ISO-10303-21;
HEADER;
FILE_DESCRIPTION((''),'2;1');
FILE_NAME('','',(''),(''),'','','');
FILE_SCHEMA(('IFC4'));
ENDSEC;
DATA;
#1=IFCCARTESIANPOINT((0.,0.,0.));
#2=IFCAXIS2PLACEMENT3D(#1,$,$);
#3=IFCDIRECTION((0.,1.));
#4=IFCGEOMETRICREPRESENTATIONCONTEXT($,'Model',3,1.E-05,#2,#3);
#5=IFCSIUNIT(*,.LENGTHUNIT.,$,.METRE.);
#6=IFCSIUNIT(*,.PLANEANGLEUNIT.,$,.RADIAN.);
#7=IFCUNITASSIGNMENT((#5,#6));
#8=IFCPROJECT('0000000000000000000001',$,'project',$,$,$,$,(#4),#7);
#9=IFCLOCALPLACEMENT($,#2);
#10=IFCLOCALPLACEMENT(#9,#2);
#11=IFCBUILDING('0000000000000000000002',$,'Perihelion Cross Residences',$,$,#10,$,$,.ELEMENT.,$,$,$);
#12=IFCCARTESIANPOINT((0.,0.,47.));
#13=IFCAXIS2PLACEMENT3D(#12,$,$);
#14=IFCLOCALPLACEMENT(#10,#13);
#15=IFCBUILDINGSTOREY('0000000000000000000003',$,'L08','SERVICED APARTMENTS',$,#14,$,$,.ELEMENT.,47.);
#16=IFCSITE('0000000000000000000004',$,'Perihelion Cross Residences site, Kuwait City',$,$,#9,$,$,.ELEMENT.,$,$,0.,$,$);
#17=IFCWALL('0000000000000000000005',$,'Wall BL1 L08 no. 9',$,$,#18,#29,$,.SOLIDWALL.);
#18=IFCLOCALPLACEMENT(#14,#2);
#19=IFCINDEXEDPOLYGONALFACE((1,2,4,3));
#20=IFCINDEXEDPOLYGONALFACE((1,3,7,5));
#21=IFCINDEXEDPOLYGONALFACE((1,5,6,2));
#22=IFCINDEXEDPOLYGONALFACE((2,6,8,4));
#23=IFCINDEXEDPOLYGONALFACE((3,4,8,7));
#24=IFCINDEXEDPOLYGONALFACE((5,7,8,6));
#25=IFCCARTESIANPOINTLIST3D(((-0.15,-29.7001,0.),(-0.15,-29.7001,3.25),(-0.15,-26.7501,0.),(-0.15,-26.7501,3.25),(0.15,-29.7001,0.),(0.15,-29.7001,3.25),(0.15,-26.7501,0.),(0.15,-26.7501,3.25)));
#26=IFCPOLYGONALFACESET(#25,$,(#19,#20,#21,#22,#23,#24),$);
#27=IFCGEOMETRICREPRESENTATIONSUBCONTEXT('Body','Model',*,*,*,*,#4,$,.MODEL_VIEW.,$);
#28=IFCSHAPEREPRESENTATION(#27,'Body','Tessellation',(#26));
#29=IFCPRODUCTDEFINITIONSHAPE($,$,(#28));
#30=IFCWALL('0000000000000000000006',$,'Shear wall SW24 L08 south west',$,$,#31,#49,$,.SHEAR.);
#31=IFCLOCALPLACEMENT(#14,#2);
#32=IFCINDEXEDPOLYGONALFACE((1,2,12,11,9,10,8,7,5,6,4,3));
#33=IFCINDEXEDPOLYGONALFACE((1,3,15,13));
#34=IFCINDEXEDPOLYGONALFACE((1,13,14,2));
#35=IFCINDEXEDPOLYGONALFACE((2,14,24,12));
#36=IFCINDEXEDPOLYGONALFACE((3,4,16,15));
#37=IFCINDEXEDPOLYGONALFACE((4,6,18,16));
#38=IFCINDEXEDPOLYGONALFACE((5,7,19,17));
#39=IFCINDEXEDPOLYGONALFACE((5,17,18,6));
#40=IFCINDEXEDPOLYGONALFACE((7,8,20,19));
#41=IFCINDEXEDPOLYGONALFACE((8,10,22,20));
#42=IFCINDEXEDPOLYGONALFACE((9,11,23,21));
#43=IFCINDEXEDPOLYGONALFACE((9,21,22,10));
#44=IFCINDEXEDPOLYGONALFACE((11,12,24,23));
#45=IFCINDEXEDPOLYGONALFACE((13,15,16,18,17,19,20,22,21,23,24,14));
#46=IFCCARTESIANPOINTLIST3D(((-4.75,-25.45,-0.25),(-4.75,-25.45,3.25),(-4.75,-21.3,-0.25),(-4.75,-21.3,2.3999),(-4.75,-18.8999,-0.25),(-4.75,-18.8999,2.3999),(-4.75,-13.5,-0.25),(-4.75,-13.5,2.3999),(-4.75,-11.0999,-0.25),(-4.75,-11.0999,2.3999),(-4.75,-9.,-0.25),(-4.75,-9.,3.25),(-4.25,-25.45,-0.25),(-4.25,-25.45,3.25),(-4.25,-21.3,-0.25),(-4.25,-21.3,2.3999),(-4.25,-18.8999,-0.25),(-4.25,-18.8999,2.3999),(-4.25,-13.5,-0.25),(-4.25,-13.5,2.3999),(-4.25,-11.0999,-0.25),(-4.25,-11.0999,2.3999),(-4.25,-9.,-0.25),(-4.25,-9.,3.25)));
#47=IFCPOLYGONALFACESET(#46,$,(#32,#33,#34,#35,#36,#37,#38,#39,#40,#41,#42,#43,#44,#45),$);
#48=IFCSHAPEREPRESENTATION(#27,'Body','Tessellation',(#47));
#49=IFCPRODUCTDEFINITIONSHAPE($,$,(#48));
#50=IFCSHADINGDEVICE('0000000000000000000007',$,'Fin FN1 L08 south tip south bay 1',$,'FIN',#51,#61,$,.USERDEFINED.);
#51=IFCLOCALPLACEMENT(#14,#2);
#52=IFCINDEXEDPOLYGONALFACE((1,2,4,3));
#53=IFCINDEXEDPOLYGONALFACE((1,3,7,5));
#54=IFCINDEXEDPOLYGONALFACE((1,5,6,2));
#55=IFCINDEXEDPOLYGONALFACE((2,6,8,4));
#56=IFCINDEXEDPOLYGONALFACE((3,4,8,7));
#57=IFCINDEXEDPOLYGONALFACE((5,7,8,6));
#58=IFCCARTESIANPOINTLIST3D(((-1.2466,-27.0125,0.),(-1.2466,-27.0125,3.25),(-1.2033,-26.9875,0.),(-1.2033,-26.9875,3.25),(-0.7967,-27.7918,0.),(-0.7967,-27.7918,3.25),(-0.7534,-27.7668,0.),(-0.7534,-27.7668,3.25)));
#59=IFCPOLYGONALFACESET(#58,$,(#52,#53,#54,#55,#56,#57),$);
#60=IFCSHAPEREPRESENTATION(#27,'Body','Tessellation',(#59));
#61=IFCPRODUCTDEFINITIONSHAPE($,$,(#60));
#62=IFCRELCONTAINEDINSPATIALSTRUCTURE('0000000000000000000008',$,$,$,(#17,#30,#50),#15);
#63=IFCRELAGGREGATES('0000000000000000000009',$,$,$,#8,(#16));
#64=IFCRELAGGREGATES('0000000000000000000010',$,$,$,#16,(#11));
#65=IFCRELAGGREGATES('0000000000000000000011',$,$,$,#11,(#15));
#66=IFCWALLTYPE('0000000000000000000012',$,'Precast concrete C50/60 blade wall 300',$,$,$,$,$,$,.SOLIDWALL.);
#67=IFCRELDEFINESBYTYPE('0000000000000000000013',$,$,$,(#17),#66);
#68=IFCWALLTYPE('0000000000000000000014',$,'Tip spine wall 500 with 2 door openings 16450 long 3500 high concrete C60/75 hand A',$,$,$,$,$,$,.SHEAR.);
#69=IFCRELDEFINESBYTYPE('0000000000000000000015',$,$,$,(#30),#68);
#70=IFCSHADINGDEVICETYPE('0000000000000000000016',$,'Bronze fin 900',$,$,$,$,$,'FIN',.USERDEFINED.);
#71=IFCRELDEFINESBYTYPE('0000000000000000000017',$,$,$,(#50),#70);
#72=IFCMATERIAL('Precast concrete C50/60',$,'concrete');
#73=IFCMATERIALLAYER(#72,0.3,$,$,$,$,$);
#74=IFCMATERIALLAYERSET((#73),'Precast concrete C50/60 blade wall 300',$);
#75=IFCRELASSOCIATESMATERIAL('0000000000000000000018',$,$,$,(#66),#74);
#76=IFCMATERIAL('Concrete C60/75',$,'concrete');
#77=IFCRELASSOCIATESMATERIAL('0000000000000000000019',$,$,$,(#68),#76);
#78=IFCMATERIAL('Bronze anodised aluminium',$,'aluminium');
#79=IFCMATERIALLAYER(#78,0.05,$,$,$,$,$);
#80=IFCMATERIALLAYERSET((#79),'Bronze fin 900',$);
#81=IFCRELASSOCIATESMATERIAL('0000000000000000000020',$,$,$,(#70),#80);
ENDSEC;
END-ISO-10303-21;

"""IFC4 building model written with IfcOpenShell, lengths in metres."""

from ifc_helpers import new_model, si_unit, direction, frame, frame_2d, origin, origin_2d, place, context, subcontext, project, spatial, polyline, rectangle, outline, extrude, material, layer, layer_set, material_profile, profile_set, type_object, element, save


model = new_model("IFC4")

# Units and contexts
model_context = context("Model", 3, precision=1e-05, world=origin(), true_north=direction((0.0, 1.0)))
body_context = subcontext(model_context, "Body", "Model", "MODEL_VIEW")
ifc_project = project(units=[si_unit("LENGTHUNIT", "METRE"), si_unit("PLANEANGLEUNIT", "RADIAN")], contexts=[model_context])

# Site, building, storey
site_placement = place(None, origin())
site = spatial("IfcSite", under=ifc_project, at=site_placement, Name="Perihelion Cross Residences site, Kuwait City", CompositionType="ELEMENT", RefElevation=0.0)
building_placement = place(site_placement, origin())
building = spatial("IfcBuilding", under=site, at=building_placement, Name="Perihelion Cross Residences", CompositionType="ELEMENT")
storey_placement = place(building_placement, frame((0.0, 0.0, 47.0)))
storey = spatial("IfcBuildingStorey", under=building, at=storey_placement, Name="L08", Description="SERVICED APARTMENTS", CompositionType="ELEMENT", Elevation=47.0)

# Walls
ifc_material_1 = material(Name="Precast concrete C50/60", Category="concrete")
ifc_layer_1 = layer(ifc_material_1, 0.3)
ifc_layer_set_1 = layer_set([ifc_layer_1], Name="Precast concrete C50/60 blade wall 300")
wall_type_1 = type_object("IfcWallType", Name="Precast concrete C50/60 blade wall 300", PredefinedType="SOLIDWALL", material=ifc_layer_set_1)
wall_1_placement = place(storey_placement, frame((0.0, -26.75, 0.0), z_axis=(0.0, 0.0, 1.0), x_axis=(0.0, -1.0, 0.0)))
element("IfcWall", 1, at=wall_1_placement, inside=storey, type_object=wall_type_1, Name="Wall BL1 L08 no. 9", PredefinedType="SOLIDWALL", context=body_context, shape_type="SweptSolid", body=[
    extrude(rectangle(XDim=2.95, YDim=0.3, at=frame_2d((1.4751, 0.0))), origin(), (0.0, 0.0, 1.0), 3.25),
])
ifc_material_2 = material(Name="Concrete C60/75", Category="concrete")
ifc_material_profile_1 = material_profile(ifc_material_2, outline(polyline([(0.0, 0.0), (4.1499, 0.0), (4.1499, 2.6499), (6.55, 2.6499), (6.55, 0.0), (11.95, 0.0), (11.95, 2.6499), (14.3501, 2.6499), (14.3501, 0.0), (16.45, 0.0), (16.45, 3.5), (0.0, 3.5), (0.0, 0.0)])), Name="Tip spine wall")
ifc_profile_set_1 = profile_set([ifc_material_profile_1], Name="Concrete C60/75")
wall_type_2 = type_object("IfcWallType", Name="Tip spine wall 500 with 2 door openings 16450 long 3500 high concrete C60/75 hand A", PredefinedType="SHEAR", material=ifc_profile_set_1)
wall_2_placement = place(storey_placement, frame((-4.75, -25.45, -0.25), z_axis=(1.0, 0.0, 0.0), x_axis=(0.0, 1.0, 0.0)))
element("IfcWall", 2, at=wall_2_placement, inside=storey, type_object=wall_type_2, Name="Shear wall SW24 L08 south west", PredefinedType="SHEAR", context=body_context, shape_type="SweptSolid", body=[
    extrude(outline(polyline([(0.0, 0.0), (4.1499, 0.0), (4.1499, 2.6499), (6.55, 2.6499), (6.55, 0.0), (11.95, 0.0), (11.95, 2.6499), (14.3501, 2.6499), (14.3501, 0.0), (16.45, 0.0), (16.45, 3.5), (0.0, 3.5), (0.0, 0.0)])), origin(), (0.0, 0.0, 1.0), 0.5),
])

# Shading device
ifc_material_3 = material(Name="Bronze anodised aluminium", Category="aluminium")
ifc_layer_2 = layer(ifc_material_3, 0.05)
ifc_layer_set_2 = layer_set([ifc_layer_2], Name="Bronze fin 900")
shading_device_type = type_object("IfcShadingDeviceType", Name="Bronze fin 900", ElementType="FIN", PredefinedType="USERDEFINED", material=ifc_layer_set_2)
shading_device_placement = place(storey_placement, frame((-1.0, -27.3896, 0.0), z_axis=(0.0, 0.0, 1.0), x_axis=(0.5, -0.866025, 0.0)))
element("IfcShadingDevice", 3, at=shading_device_placement, inside=storey, type_object=shading_device_type, Name="Fin FN1 L08 south tip south bay 1", ObjectType="FIN", PredefinedType="USERDEFINED", context=body_context, shape_type="SweptSolid", body=[
    extrude(rectangle(XDim=0.8999, YDim=0.05, at=origin_2d()), origin(), (0.0, 0.0, 1.0), 3.25),
])

save(model, "model.ifc")
